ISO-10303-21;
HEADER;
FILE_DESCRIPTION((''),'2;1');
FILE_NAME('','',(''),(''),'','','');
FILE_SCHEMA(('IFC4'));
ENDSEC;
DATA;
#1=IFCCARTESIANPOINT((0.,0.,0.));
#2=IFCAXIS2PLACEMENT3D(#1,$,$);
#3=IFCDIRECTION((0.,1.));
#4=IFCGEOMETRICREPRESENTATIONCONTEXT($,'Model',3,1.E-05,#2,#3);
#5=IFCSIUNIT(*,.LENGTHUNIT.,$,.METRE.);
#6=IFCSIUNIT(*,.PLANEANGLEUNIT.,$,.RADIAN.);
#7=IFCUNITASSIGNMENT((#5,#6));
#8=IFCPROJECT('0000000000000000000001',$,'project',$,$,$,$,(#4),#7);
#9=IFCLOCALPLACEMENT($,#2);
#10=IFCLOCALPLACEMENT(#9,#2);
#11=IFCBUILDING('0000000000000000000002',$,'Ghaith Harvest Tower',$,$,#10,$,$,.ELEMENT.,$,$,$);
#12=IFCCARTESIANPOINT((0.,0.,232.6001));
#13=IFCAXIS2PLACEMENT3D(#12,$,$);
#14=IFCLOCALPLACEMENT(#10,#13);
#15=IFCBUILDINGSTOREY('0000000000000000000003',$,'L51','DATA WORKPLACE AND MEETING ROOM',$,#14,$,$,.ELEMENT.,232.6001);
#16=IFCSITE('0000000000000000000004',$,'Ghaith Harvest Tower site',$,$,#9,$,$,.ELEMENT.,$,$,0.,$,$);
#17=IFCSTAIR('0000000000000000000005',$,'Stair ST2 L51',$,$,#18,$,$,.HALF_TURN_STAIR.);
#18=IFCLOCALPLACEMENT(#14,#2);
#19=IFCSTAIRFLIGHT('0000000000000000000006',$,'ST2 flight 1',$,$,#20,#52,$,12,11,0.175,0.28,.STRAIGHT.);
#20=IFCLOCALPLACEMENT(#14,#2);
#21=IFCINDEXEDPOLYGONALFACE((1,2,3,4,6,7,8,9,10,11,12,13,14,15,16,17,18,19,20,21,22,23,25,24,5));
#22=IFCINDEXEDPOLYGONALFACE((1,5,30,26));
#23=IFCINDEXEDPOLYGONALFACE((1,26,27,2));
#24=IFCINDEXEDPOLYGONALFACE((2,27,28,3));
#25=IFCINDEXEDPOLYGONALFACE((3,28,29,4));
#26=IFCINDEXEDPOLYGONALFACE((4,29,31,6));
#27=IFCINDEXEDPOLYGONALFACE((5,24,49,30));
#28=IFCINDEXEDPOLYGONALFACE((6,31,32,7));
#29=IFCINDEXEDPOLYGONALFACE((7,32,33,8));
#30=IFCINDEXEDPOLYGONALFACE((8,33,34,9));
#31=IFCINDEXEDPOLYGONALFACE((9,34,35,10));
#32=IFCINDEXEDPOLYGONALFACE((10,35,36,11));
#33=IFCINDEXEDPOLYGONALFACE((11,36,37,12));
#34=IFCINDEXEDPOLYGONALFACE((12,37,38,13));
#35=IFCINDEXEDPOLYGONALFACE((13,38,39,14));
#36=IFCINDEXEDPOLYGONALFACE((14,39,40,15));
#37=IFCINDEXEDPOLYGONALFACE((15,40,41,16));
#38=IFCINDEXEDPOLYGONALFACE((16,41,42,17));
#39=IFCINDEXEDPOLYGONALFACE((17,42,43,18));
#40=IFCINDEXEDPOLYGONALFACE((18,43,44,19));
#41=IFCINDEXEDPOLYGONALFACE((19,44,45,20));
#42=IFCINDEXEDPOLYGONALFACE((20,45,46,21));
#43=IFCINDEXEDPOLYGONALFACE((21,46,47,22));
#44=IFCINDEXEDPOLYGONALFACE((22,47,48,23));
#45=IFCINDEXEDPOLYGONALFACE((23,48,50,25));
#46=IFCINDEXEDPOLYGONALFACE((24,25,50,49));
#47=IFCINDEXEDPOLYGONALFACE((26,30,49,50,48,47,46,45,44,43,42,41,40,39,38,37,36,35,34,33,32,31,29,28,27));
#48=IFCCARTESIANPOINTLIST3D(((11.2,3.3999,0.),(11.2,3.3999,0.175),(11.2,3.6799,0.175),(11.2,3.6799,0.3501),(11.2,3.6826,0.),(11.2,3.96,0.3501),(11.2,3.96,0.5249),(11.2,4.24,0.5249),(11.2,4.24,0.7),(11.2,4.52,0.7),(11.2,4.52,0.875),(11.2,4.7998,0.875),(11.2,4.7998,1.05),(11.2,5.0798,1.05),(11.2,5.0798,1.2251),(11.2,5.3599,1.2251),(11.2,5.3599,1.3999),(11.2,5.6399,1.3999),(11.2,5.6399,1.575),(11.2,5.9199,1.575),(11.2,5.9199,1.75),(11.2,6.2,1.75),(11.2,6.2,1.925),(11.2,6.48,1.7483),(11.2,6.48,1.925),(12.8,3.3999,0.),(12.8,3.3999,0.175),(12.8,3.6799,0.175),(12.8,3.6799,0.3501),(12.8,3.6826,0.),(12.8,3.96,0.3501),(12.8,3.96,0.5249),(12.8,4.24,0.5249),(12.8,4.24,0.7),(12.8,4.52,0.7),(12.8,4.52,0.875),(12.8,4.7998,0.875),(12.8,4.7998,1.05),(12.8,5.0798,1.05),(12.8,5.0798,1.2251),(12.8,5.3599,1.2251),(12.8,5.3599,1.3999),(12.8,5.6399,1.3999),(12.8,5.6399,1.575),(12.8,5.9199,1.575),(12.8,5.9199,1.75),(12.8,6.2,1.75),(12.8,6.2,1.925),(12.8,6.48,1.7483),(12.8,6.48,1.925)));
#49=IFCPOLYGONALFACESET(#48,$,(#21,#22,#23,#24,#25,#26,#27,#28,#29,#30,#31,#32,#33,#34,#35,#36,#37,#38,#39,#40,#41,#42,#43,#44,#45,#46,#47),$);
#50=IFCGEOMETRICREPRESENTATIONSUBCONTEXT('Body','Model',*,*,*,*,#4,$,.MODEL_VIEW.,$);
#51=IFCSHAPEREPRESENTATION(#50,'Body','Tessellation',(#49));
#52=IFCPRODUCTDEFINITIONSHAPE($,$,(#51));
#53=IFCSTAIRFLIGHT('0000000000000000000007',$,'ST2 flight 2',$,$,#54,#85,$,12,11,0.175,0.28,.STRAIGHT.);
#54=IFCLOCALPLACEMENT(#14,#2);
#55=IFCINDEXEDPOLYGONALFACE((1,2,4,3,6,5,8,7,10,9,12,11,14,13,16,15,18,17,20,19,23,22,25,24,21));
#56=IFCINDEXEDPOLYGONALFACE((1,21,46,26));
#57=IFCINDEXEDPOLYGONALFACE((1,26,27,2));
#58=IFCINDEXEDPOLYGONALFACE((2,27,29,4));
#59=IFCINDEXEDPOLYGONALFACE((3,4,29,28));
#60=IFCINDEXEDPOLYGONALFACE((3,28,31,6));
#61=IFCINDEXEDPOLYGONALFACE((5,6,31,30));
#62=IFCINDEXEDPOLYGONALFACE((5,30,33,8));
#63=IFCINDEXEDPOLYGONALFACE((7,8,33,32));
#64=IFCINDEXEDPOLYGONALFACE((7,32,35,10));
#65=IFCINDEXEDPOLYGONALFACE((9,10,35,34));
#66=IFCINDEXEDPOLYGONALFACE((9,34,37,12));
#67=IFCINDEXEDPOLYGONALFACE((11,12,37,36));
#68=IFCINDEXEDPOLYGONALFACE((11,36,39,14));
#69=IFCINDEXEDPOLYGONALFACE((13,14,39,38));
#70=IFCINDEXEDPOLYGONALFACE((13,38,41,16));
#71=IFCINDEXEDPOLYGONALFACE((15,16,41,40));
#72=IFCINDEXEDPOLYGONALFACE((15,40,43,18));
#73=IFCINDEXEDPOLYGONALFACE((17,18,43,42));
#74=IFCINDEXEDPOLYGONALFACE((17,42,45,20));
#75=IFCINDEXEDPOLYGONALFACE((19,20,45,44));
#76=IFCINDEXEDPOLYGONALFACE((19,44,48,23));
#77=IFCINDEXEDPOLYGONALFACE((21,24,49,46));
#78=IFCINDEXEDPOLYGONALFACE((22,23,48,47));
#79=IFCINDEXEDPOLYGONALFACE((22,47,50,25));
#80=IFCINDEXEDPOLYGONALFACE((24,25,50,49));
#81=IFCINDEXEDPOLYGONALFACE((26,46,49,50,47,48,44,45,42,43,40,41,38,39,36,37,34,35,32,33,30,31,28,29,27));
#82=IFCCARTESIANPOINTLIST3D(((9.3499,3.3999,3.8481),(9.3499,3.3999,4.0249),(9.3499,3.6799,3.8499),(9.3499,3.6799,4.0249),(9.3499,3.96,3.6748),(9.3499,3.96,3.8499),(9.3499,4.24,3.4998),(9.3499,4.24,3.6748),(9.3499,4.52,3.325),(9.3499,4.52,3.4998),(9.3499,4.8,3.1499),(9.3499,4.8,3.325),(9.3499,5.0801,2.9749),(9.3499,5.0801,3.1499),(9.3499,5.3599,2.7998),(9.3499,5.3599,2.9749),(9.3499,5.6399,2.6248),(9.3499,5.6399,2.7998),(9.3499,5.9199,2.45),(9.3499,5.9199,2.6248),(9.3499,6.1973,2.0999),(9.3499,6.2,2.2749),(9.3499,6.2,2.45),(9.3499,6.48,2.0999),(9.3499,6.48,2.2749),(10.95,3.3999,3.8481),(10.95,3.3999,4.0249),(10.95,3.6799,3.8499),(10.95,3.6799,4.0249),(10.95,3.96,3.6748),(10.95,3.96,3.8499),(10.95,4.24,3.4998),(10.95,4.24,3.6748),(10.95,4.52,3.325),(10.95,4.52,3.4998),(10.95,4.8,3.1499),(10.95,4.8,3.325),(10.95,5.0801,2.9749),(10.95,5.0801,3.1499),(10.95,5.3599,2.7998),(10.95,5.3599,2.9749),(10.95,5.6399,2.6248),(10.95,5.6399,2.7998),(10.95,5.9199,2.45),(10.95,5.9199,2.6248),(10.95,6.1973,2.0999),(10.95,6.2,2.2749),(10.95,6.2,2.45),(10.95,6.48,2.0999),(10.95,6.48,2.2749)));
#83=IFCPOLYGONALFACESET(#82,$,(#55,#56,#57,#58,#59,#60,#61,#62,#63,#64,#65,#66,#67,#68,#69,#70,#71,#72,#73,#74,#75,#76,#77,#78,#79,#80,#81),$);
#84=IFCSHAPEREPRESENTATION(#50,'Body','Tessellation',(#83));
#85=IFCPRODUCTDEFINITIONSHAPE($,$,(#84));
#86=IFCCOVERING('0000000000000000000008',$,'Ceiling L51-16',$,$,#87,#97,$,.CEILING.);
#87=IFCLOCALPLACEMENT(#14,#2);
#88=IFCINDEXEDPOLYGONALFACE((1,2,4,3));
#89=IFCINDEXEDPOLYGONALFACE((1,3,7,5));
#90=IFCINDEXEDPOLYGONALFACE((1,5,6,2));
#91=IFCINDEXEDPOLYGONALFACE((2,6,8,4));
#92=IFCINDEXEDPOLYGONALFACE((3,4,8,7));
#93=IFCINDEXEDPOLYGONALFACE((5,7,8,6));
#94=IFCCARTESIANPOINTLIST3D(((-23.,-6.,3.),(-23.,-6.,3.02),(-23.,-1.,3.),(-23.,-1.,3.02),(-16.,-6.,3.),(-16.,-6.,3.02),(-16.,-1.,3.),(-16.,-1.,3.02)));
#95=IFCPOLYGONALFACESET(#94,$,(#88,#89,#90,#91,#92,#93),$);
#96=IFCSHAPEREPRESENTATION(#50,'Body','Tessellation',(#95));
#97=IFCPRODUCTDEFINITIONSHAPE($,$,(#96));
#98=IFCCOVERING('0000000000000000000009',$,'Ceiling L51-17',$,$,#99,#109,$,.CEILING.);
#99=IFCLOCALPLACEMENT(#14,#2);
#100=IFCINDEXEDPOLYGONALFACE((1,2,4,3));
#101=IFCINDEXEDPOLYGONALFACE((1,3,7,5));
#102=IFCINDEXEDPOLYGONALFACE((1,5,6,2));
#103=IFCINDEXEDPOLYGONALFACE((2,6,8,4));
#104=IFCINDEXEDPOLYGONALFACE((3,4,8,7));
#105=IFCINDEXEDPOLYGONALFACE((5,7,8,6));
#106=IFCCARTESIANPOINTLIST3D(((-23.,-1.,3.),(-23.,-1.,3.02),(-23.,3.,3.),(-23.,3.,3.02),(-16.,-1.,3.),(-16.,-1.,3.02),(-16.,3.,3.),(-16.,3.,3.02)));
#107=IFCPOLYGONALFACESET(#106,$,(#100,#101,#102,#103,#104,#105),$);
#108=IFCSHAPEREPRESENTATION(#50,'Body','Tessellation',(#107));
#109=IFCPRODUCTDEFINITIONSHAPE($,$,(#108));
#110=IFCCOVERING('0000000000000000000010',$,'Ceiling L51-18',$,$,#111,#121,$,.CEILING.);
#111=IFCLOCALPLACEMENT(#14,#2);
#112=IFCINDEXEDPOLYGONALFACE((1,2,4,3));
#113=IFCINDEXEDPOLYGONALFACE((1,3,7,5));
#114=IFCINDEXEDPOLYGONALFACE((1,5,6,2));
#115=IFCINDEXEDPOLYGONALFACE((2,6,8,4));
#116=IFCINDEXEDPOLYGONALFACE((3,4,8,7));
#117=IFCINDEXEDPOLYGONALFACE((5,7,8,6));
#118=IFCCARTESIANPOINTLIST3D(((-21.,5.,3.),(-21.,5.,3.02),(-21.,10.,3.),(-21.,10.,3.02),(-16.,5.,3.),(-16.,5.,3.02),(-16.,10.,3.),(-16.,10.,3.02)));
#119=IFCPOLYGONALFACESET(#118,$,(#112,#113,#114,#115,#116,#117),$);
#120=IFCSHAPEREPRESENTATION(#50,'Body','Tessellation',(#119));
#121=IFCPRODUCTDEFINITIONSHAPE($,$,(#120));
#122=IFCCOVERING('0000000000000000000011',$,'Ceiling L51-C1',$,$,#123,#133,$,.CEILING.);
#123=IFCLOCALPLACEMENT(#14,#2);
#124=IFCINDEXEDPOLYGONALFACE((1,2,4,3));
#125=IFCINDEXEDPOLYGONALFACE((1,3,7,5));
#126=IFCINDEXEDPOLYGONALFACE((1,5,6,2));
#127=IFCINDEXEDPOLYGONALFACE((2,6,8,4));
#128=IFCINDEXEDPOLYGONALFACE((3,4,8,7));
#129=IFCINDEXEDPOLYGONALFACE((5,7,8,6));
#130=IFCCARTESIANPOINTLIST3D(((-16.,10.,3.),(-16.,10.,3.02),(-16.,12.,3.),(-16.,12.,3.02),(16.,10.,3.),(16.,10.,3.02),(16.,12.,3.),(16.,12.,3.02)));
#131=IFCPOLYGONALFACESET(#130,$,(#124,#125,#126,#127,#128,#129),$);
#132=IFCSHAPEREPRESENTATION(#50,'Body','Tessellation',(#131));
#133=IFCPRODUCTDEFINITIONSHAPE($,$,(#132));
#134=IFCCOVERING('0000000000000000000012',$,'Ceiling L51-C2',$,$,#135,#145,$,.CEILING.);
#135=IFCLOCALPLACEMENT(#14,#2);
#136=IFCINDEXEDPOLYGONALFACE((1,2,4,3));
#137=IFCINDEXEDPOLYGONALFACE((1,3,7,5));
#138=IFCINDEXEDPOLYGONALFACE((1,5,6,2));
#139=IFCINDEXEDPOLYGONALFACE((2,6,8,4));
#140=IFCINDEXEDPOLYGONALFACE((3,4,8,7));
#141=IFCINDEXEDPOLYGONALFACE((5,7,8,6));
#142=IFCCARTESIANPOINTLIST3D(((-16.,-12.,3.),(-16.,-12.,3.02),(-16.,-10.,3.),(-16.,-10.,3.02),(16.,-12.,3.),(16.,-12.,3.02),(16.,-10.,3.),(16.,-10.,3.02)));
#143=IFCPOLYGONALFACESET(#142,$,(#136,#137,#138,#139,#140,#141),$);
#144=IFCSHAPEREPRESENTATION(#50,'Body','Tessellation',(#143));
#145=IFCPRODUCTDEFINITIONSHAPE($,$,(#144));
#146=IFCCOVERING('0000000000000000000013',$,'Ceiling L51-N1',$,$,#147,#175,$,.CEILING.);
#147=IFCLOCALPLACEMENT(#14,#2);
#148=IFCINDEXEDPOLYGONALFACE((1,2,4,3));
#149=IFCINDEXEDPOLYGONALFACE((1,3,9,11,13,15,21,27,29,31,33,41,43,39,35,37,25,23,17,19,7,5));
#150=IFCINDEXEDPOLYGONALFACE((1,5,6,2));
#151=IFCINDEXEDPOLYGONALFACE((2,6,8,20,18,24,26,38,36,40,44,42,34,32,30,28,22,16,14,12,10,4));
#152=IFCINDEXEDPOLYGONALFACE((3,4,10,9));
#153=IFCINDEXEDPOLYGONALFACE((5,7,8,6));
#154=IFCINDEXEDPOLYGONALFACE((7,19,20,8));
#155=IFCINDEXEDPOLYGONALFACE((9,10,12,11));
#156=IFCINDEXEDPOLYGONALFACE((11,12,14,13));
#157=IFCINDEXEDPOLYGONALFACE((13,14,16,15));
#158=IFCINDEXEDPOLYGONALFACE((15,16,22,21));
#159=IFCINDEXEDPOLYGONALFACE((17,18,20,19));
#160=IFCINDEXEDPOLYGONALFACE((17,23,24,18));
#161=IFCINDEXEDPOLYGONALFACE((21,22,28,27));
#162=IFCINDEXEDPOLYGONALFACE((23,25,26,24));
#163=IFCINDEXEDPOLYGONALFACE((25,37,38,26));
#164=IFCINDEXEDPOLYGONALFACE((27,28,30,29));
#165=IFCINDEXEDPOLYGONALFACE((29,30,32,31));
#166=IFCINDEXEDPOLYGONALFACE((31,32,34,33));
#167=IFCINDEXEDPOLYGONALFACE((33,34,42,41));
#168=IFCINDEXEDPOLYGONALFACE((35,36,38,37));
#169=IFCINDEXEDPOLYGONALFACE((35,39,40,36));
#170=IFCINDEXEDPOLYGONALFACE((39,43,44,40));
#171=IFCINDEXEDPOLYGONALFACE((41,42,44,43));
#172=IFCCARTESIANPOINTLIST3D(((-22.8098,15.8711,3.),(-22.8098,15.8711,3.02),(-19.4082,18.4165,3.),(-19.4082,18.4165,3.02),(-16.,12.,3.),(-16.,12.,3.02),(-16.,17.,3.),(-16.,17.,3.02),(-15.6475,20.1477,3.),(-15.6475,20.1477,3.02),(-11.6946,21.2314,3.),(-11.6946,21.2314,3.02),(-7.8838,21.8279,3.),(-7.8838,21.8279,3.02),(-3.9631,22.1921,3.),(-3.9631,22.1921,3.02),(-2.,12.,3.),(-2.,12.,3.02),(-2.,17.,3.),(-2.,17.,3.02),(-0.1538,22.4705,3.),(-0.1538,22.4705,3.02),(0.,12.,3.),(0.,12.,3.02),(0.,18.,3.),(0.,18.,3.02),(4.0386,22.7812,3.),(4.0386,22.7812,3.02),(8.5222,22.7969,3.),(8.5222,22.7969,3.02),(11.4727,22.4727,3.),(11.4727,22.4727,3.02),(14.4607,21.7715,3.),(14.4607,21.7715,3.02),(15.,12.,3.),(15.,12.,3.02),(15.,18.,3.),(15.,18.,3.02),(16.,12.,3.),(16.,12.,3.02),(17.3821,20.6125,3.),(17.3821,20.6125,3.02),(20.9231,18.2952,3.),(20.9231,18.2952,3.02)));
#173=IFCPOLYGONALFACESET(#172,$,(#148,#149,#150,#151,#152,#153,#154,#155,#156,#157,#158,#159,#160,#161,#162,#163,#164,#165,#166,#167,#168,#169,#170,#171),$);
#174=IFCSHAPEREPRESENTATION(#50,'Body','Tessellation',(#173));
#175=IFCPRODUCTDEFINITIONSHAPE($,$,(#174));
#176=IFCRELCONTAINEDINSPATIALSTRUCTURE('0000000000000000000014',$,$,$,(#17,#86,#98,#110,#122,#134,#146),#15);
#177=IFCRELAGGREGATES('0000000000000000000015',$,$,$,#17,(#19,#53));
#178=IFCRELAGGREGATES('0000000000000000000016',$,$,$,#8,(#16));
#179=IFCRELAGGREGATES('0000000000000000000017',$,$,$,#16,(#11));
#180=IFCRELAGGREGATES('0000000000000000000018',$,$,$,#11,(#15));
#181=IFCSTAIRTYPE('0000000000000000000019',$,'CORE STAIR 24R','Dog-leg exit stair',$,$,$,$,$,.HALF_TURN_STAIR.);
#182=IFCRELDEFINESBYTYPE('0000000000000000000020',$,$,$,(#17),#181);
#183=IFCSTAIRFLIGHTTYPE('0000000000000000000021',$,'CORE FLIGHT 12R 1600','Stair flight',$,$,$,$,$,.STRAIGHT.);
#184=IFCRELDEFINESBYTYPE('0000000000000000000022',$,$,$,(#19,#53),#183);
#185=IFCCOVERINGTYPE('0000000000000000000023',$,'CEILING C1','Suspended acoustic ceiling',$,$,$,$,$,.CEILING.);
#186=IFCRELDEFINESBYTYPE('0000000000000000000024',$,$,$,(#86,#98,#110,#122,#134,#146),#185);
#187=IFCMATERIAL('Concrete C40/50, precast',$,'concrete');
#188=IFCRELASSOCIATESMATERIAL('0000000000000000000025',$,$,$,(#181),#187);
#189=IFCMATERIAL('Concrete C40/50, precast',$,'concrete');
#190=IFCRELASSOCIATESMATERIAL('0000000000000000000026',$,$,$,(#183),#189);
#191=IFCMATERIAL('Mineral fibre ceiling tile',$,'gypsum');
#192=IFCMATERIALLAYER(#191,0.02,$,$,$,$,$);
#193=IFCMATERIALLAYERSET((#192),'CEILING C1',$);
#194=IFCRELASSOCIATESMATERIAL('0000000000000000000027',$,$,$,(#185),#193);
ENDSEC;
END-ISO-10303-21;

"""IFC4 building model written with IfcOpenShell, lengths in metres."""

from ifc_helpers import new_model, si_unit, direction, frame, origin, place, context, subcontext, project, spatial, polyline, outline, extrude, material, layer, layer_set, type_object, element, aggregate, save


model = new_model("IFC4")

# Units and contexts
model_context = context("Model", 3, precision=1e-05, world=origin(), true_north=direction((0.0, 1.0)))
body_context = subcontext(model_context, "Body", "Model", "MODEL_VIEW")
ifc_project = project(units=[si_unit("LENGTHUNIT", "METRE"), si_unit("PLANEANGLEUNIT", "RADIAN")], contexts=[model_context])

# Site, building, storey
site_placement = place(None, origin())
site = spatial("IfcSite", under=ifc_project, at=site_placement, Name="Ghaith Harvest Tower site", CompositionType="ELEMENT", RefElevation=0.0)
building_placement = place(site_placement, origin())
building = spatial("IfcBuilding", under=site, at=building_placement, Name="Ghaith Harvest Tower", CompositionType="ELEMENT")
storey_placement = place(building_placement, frame((0.0, 0.0, 232.6001)))
storey = spatial("IfcBuildingStorey", under=building, at=storey_placement, Name="L51", Description="DATA WORKPLACE AND MEETING ROOM", CompositionType="ELEMENT", Elevation=232.6001)

# Stair, stair flights
ifc_material_1 = material(Name="Concrete C40/50, precast", Category="concrete")
stair_type = type_object("IfcStairType", Name="CORE STAIR 24R", Description="Dog-leg exit stair", PredefinedType="HALF_TURN_STAIR", material=ifc_material_1)
stair_placement = place(storey_placement, origin())
stair = element("IfcStair", 1, at=stair_placement, inside=storey, type_object=stair_type, Name="Stair ST2 L51", PredefinedType="HALF_TURN_STAIR")
ifc_material_2 = material(Name="Concrete C40/50, precast", Category="concrete")
stair_flight_type = type_object("IfcStairFlightType", Name="CORE FLIGHT 12R 1600", Description="Stair flight", PredefinedType="STRAIGHT", material=ifc_material_2)
stair_flight_1_placement = place(storey_placement, frame((12.0, 3.3999, 0.0), z_axis=(0.0, 0.0, 1.0), x_axis=(0.0, 1.0, 0.0)))
stair_flight_1 = element("IfcStairFlight", 2, at=stair_flight_1_placement, type_object=stair_flight_type, Name="ST2 flight 1", NumberOfRisers=12, NumberOfTreads=11, PredefinedType="STRAIGHT", RiserHeight=0.175, TreadLength=0.28, context=body_context, shape_type="SweptSolid", body=[
    extrude(outline(polyline([(0.0, 0.0), (0.0, 0.175), (0.28, 0.175), (0.28, 0.3501), (0.5601, 0.3501), (0.5601, 0.5249), (0.8401, 0.5249), (0.8401, 0.7), (1.1201, 0.7), (1.1201, 0.875), (1.3999, 0.875), (1.3999, 1.05), (1.6799, 1.05), (1.6799, 1.2251), (1.96, 1.2251), (1.96, 1.3999), (2.24, 1.3999), (2.24, 1.575), (2.52, 1.575), (2.52, 1.75), (2.8, 1.75), (2.8, 1.925), (3.0801, 1.925), (3.0801, 2.1001), (3.0801, 1.7483), (0.2827, 0.0), (0.0, 0.0)])), frame((0.0, 0.8, 0.0), z_axis=(0.0, -1.0, 0.0), x_axis=(1.0, 0.0, 0.0)), (0.0, 0.0, 1.0), 1.6001),
])
stair_flight_2_placement = place(storey_placement, frame((10.1499, 6.48, 2.0999), z_axis=(0.0, 0.0, 1.0), x_axis=(0.0, -1.0, 0.0)))
stair_flight_2 = element("IfcStairFlight", 3, at=stair_flight_2_placement, type_object=stair_flight_type, Name="ST2 flight 2", NumberOfRisers=12, NumberOfTreads=11, PredefinedType="STRAIGHT", RiserHeight=0.175, TreadLength=0.28, context=body_context, shape_type="SweptSolid", body=[
    extrude(outline(polyline([(0.0, 0.0), (0.0, 0.175), (0.28, 0.175), (0.28, 0.3501), (0.5601, 0.3501), (0.5601, 0.5249), (0.8401, 0.5249), (0.8401, 0.7), (1.1201, 0.7), (1.1201, 0.875), (1.3999, 0.875), (1.3999, 1.05), (1.6799, 1.05), (1.6799, 1.2251), (1.96, 1.2251), (1.96, 1.3999), (2.24, 1.3999), (2.24, 1.575), (2.52, 1.575), (2.52, 1.75), (2.8, 1.75), (2.8, 1.925), (3.0801, 1.925), (3.0801, 2.1001), (3.0801, 1.7483), (0.2827, 0.0), (0.0, 0.0)])), frame((0.0, 0.8, 0.0), z_axis=(0.0, -1.0, 0.0), x_axis=(1.0, 0.0, 0.0)), (0.0, 0.0, 1.0), 1.6001),
])
aggregate(stair, [stair_flight_1, stair_flight_2])

# Coverings
ifc_material_3 = material(Name="Mineral fibre ceiling tile", Category="gypsum")
ifc_layer_1 = layer(ifc_material_3, 0.02)
ifc_layer_set_1 = layer_set([ifc_layer_1], Name="CEILING C1")
covering_type = type_object("IfcCoveringType", Name="CEILING C1", Description="Suspended acoustic ceiling", PredefinedType="CEILING", material=ifc_layer_set_1)
covering_1_placement = place(storey_placement, frame((0.0, 0.0, 3.0)))
element("IfcCovering", 4, at=covering_1_placement, inside=storey, type_object=covering_type, Name="Ceiling L51-16", PredefinedType="CEILING", context=body_context, shape_type="SweptSolid", body=[
    extrude(outline(polyline([(-23.0, -6.0), (-16.0, -6.0), (-16.0, -1.0), (-23.0, -1.0), (-23.0, -6.0)])), origin(), (0.0, 0.0, 1.0), 0.02),
])
covering_2_placement = place(storey_placement, frame((0.0, 0.0, 3.0)))
element("IfcCovering", 5, at=covering_2_placement, inside=storey, type_object=covering_type, Name="Ceiling L51-17", PredefinedType="CEILING", context=body_context, shape_type="SweptSolid", body=[
    extrude(outline(polyline([(-23.0, -1.0), (-16.0, -1.0), (-16.0, 3.0), (-23.0, 3.0), (-23.0, -1.0)])), origin(), (0.0, 0.0, 1.0), 0.02),
])
covering_3_placement = place(storey_placement, frame((0.0, 0.0, 3.0)))
element("IfcCovering", 6, at=covering_3_placement, inside=storey, type_object=covering_type, Name="Ceiling L51-18", PredefinedType="CEILING", context=body_context, shape_type="SweptSolid", body=[
    extrude(outline(polyline([(-21.0, 5.0), (-16.0, 5.0), (-16.0, 10.0), (-21.0, 10.0), (-21.0, 5.0)])), origin(), (0.0, 0.0, 1.0), 0.02),
])
covering_4_placement = place(storey_placement, frame((0.0, 0.0, 3.0)))
element("IfcCovering", 7, at=covering_4_placement, inside=storey, type_object=covering_type, Name="Ceiling L51-C1", PredefinedType="CEILING", context=body_context, shape_type="SweptSolid", body=[
    extrude(outline(polyline([(16.0, 10.0), (-16.0, 10.0), (-16.0, 12.0), (16.0, 12.0), (16.0, 10.0)])), origin(), (0.0, 0.0, 1.0), 0.02),
])
covering_5_placement = place(storey_placement, frame((0.0, 0.0, 3.0)))
element("IfcCovering", 8, at=covering_5_placement, inside=storey, type_object=covering_type, Name="Ceiling L51-C2", PredefinedType="CEILING", context=body_context, shape_type="SweptSolid", body=[
    extrude(outline(polyline([(-16.0, -10.0), (16.0, -10.0), (16.0, -12.0), (-16.0, -12.0), (-16.0, -10.0)])), origin(), (0.0, 0.0, 1.0), 0.02),
])
covering_6_placement = place(storey_placement, frame((0.0, 0.0, 3.0)))
element("IfcCovering", 9, at=covering_6_placement, inside=storey, type_object=covering_type, Name="Ceiling L51-N1", PredefinedType="CEILING", context=body_context, shape_type="SweptSolid", body=[
    extrude(outline(polyline([(-19.4082, 18.4165), (-15.6475, 20.1477), (-11.6946, 21.2314), (-7.8838, 21.8279), (-3.9631, 22.1921), (-0.1538, 22.4705), (4.0386, 22.7812), (8.5222, 22.7969), (11.4727, 22.4727), (14.4607, 21.7715), (17.3821, 20.6125), (20.9231, 18.2952), (16.0, 12.0), (15.0, 12.0), (15.0, 18.0), (0.0, 18.0), (0.0, 12.0), (-2.0, 12.0), (-2.0, 17.0), (-16.0, 17.0), (-16.0, 12.0), (-22.8098, 15.8711), (-19.4082, 18.4165)])), origin(), (0.0, 0.0, 1.0), 0.02),
])

save(model, "model.ifc")
